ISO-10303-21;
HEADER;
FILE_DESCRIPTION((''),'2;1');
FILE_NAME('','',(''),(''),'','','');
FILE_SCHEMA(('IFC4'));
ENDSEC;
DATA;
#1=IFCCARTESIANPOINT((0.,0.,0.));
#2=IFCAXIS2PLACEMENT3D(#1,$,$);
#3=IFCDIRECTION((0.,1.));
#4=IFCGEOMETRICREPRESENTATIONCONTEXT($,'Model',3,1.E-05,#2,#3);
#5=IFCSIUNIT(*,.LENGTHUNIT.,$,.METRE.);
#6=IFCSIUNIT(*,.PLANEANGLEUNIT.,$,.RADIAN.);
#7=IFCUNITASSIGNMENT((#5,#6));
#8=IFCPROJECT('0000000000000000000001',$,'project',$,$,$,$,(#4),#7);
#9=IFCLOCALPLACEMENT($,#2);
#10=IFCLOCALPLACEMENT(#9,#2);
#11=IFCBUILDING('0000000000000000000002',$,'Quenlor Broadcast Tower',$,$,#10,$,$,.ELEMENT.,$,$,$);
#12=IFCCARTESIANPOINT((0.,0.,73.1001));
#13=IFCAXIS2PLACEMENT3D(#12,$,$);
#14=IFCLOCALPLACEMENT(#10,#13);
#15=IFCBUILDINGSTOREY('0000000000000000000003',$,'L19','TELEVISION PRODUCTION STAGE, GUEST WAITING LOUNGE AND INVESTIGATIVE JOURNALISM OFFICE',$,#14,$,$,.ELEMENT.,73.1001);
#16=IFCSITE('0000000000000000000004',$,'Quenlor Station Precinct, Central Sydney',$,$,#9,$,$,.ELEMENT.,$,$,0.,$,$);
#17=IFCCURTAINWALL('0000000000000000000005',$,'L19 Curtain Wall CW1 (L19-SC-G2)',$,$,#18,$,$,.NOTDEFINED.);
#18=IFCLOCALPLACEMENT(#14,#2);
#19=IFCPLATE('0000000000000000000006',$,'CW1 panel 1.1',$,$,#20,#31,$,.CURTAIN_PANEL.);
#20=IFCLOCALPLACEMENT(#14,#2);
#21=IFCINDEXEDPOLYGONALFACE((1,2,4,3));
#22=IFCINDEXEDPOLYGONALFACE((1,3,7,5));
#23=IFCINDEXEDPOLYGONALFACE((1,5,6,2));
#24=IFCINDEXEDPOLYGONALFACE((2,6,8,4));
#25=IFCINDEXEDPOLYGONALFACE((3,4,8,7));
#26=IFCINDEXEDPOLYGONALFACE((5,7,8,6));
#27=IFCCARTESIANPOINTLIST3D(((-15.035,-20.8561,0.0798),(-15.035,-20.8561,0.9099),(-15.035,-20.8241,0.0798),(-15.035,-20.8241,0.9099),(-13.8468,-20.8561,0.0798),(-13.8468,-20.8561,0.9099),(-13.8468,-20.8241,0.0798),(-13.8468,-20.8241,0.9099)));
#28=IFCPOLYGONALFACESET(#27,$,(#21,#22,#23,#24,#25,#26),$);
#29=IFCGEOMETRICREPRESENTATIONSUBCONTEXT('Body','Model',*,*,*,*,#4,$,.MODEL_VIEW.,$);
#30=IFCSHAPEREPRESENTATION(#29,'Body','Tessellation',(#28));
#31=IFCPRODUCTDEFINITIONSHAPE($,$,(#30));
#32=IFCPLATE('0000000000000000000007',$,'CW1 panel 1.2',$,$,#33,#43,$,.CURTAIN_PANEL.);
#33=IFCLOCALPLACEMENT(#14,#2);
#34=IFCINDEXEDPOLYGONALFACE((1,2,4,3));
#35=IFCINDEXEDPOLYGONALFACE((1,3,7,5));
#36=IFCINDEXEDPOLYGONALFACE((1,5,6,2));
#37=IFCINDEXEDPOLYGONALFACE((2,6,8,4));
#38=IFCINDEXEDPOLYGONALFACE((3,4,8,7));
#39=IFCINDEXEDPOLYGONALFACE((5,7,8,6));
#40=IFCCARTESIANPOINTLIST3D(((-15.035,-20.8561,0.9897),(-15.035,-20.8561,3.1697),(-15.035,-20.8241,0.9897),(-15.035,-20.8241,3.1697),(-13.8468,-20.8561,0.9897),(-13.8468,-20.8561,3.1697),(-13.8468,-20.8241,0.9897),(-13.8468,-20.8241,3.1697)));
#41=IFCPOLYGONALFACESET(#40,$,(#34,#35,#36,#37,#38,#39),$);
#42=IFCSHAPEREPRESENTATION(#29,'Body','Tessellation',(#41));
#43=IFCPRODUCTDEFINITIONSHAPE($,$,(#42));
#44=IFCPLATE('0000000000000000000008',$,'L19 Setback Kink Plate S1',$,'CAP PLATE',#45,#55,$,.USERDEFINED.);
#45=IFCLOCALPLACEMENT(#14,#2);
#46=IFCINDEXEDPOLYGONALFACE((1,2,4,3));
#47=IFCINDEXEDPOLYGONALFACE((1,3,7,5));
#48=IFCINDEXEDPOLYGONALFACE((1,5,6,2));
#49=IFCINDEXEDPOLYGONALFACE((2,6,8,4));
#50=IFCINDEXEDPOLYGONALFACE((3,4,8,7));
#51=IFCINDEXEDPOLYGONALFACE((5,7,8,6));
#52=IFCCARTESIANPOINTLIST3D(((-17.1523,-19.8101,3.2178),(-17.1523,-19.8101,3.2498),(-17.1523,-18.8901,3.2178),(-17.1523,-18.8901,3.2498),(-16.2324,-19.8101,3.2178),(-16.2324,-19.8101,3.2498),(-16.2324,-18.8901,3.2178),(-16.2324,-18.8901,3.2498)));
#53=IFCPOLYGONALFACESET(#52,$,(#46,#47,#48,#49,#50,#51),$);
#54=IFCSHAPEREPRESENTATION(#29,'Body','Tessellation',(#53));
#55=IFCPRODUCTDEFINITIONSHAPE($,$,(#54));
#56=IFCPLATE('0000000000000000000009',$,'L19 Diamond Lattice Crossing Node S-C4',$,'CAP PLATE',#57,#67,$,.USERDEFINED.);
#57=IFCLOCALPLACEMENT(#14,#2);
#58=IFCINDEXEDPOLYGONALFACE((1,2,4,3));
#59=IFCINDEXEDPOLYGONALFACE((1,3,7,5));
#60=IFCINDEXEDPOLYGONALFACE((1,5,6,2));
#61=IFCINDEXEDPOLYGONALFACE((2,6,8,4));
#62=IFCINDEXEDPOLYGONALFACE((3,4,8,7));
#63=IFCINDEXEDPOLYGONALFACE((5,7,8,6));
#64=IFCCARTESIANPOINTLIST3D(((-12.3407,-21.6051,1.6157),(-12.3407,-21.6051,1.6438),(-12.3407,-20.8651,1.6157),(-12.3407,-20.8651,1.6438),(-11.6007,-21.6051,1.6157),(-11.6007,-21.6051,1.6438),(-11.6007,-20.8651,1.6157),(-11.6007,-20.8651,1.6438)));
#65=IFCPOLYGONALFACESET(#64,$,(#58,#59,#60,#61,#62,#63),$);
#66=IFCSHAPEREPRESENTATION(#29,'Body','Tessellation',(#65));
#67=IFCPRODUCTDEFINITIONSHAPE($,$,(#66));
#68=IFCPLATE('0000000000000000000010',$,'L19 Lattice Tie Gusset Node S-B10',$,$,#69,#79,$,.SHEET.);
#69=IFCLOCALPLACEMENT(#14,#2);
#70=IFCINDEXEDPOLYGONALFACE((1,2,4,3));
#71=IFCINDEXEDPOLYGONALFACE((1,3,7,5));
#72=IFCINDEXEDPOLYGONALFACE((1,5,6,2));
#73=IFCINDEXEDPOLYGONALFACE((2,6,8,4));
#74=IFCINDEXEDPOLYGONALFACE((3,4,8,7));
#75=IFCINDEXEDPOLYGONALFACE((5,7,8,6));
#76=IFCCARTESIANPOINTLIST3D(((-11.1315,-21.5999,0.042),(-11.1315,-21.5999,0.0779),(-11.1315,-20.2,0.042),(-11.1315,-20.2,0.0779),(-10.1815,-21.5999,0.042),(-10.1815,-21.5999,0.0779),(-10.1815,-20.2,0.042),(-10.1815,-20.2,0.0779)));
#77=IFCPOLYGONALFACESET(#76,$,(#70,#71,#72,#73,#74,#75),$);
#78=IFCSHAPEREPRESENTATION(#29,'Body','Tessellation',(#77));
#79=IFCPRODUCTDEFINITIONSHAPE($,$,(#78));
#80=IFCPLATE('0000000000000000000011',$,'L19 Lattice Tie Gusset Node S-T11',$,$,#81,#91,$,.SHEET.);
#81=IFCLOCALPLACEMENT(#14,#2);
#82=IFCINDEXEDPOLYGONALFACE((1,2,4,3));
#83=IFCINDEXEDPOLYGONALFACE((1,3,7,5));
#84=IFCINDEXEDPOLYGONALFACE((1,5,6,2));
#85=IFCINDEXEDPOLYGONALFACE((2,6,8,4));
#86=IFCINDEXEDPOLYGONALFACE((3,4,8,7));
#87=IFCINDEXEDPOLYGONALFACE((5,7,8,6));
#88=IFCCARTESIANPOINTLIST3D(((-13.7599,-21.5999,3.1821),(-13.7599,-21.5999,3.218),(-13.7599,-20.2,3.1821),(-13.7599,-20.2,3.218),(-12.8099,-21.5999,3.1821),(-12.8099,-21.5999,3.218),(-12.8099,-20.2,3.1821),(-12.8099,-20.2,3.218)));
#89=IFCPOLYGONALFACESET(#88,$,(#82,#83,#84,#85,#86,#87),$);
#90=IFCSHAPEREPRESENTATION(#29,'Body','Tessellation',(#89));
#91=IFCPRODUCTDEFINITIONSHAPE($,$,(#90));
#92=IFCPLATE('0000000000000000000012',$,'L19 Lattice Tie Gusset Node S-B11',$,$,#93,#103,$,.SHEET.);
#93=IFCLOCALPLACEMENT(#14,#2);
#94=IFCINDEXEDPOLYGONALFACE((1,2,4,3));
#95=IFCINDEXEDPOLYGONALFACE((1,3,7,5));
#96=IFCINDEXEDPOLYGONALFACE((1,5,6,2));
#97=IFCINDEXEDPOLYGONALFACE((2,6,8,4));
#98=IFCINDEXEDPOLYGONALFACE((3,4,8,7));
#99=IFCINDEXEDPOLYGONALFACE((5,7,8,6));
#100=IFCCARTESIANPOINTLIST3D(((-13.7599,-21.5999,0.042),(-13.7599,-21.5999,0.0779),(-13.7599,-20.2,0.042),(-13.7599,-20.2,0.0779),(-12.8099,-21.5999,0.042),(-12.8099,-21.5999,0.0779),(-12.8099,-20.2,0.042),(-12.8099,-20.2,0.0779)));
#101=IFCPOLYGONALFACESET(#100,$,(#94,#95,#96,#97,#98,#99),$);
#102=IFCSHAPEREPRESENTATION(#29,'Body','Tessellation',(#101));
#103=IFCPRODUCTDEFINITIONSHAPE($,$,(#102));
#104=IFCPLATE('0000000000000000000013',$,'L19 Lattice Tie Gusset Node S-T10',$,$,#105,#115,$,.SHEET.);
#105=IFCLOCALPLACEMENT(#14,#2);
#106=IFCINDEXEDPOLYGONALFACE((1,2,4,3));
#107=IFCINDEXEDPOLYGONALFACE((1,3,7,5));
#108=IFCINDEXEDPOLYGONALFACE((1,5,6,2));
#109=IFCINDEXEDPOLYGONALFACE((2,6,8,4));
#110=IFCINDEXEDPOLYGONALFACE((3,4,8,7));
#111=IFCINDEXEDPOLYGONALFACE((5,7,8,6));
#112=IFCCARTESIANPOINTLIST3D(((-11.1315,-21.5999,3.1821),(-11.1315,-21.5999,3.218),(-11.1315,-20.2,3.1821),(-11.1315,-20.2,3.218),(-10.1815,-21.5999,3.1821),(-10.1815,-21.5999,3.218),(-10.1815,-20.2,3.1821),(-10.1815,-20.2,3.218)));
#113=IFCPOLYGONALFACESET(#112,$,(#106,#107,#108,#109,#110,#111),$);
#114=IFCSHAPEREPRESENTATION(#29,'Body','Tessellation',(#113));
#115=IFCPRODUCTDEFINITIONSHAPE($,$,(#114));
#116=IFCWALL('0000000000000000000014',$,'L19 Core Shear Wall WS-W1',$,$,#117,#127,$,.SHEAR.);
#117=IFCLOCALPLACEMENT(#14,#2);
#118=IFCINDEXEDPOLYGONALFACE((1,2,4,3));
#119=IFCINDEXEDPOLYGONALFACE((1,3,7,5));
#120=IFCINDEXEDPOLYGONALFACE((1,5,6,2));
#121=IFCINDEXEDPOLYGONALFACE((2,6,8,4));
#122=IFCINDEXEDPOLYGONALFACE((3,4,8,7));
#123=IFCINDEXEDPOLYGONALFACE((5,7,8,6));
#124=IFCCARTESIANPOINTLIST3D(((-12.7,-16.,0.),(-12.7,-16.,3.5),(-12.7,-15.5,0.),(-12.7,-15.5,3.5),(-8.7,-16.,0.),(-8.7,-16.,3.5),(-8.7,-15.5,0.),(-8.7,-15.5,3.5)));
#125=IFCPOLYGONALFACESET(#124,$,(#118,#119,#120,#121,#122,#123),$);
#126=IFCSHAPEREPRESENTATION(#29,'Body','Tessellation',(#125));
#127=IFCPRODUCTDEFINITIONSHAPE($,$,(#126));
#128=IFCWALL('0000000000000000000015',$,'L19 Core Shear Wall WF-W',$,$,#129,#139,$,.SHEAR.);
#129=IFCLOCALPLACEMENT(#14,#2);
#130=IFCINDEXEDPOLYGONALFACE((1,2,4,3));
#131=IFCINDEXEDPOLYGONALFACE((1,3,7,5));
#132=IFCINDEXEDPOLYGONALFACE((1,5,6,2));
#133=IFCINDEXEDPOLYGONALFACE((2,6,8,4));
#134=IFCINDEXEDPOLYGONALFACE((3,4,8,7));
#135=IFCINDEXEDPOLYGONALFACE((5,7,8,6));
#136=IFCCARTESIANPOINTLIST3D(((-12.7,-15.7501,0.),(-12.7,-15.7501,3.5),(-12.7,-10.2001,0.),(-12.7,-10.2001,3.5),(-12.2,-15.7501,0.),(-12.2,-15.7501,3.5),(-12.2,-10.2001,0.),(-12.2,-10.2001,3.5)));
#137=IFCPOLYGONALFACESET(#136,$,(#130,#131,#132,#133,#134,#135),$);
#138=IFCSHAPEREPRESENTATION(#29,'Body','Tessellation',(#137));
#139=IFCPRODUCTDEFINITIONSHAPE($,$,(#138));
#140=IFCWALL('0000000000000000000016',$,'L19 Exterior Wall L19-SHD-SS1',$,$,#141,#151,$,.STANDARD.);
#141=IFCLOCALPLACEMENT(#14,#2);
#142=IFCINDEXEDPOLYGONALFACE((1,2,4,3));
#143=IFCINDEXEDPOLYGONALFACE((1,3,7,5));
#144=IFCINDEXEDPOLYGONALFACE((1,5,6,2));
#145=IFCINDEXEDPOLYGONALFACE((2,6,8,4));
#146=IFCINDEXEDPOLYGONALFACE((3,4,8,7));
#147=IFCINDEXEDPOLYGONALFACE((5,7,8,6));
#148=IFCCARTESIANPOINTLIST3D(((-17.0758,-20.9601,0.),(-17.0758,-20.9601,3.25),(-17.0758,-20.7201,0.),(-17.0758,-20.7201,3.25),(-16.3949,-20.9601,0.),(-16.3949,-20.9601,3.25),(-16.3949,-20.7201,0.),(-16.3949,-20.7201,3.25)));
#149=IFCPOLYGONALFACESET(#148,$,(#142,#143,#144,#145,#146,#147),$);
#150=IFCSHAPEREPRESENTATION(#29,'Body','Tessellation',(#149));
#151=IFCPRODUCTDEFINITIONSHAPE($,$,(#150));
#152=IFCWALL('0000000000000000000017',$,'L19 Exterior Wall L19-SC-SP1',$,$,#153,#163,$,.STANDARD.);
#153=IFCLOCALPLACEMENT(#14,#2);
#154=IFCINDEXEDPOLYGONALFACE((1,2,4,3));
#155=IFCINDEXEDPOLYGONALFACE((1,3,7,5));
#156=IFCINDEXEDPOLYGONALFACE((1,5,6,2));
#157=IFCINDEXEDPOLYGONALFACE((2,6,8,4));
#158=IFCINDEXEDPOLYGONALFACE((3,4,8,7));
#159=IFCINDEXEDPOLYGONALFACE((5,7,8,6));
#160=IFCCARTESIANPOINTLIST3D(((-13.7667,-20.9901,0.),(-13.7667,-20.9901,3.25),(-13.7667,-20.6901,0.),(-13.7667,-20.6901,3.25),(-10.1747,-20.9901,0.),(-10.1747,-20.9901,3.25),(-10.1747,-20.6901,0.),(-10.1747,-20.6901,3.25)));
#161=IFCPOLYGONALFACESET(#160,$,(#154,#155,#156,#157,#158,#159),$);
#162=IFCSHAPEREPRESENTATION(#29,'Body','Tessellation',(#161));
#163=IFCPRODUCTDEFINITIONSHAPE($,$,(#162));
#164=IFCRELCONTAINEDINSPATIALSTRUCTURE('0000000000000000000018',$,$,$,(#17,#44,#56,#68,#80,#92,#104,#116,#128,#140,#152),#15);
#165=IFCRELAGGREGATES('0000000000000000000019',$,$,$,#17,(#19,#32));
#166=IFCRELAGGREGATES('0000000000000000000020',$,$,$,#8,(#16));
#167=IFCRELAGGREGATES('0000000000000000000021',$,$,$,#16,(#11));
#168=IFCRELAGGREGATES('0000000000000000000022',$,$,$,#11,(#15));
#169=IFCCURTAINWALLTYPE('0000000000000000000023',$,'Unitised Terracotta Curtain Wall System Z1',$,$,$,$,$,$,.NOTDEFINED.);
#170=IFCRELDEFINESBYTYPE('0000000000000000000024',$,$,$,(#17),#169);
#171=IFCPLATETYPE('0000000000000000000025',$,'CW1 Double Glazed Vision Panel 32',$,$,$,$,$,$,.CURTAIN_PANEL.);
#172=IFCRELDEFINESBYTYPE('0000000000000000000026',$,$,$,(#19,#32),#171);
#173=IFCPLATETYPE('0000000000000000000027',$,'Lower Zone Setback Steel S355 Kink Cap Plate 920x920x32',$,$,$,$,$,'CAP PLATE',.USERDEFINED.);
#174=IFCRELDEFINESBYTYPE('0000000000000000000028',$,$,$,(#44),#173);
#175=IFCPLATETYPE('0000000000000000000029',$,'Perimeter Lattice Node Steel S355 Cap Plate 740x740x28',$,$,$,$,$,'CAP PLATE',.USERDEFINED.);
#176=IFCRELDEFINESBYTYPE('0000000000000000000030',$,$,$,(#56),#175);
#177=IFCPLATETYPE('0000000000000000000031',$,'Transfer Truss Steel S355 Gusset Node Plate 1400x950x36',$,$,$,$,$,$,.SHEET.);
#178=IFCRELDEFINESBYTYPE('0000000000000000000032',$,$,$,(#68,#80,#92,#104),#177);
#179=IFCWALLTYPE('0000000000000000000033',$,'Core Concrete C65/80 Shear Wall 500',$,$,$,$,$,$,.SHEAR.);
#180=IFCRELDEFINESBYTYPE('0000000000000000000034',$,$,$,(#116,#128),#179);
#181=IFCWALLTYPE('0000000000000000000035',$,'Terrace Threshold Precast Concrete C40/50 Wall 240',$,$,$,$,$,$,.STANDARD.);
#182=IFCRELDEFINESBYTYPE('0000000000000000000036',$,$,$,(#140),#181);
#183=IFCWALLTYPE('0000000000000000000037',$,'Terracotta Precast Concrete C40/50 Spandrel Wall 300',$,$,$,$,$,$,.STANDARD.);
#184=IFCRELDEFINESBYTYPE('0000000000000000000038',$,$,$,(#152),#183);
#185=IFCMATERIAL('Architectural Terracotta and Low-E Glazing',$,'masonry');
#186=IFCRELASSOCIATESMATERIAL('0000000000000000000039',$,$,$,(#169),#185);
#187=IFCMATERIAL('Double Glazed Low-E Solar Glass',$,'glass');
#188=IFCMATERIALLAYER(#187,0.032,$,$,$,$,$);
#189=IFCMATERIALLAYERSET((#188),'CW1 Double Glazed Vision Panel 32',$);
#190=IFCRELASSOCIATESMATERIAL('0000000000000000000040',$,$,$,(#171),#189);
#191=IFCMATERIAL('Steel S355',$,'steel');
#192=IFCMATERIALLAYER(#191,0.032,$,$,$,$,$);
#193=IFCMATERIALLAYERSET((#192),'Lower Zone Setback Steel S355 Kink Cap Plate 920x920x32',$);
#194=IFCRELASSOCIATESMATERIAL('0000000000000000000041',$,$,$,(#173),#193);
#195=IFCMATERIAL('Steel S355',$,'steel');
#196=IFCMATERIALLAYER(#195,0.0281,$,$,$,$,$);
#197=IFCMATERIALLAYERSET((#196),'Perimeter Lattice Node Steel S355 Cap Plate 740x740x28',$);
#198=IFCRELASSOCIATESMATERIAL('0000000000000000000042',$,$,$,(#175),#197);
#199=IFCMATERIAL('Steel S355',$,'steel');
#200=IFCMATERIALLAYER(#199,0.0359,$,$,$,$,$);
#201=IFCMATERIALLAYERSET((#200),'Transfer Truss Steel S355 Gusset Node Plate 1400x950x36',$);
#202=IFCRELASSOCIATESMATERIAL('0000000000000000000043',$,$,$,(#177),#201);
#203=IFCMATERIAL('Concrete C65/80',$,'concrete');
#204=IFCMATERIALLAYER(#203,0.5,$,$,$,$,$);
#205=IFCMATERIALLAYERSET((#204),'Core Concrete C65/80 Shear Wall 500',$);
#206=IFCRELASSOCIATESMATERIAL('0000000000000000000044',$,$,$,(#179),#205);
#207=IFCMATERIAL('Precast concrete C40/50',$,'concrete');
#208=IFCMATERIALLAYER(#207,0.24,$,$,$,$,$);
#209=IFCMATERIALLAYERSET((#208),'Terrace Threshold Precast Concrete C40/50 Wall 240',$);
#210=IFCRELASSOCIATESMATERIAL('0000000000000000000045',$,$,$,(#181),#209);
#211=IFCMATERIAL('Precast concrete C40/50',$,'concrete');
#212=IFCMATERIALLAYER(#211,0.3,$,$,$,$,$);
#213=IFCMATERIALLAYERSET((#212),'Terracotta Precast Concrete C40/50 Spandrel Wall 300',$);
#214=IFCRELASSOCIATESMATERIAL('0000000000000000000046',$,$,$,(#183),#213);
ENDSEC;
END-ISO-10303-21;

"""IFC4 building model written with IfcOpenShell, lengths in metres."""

from ifc_helpers import new_model, si_unit, direction, frame, frame_2d, origin, origin_2d, place, context, subcontext, project, spatial, rectangle, extrude, material, layer, layer_set, type_object, element, aggregate, save


model = new_model("IFC4")

# Units and contexts
model_context = context("Model", 3, precision=1e-05, world=origin(), true_north=direction((0.0, 1.0)))
body_context = subcontext(model_context, "Body", "Model", "MODEL_VIEW")
ifc_project = project(units=[si_unit("LENGTHUNIT", "METRE"), si_unit("PLANEANGLEUNIT", "RADIAN")], contexts=[model_context])

# Site, building, storey
site_placement = place(None, origin())
site = spatial("IfcSite", under=ifc_project, at=site_placement, Name="Quenlor Station Precinct, Central Sydney", CompositionType="ELEMENT", RefElevation=0.0)
building_placement = place(site_placement, origin())
building = spatial("IfcBuilding", under=site, at=building_placement, Name="Quenlor Broadcast Tower", CompositionType="ELEMENT")
storey_placement = place(building_placement, frame((0.0, 0.0, 73.1001)))
storey = spatial("IfcBuildingStorey", under=building, at=storey_placement, Name="L19", Description="TELEVISION PRODUCTION STAGE, GUEST WAITING LOUNGE AND INVESTIGATIVE JOURNALISM OFFICE", CompositionType="ELEMENT", Elevation=73.1001)

# Curtain wall
ifc_material_1 = material(Name="Architectural Terracotta and Low-E Glazing", Category="masonry")
curtain_wall_type = type_object("IfcCurtainWallType", Name="Unitised Terracotta Curtain Wall System Z1", PredefinedType="NOTDEFINED", material=ifc_material_1)
curtain_wall_placement = place(storey_placement, origin())
curtain_wall = element("IfcCurtainWall", 1, at=curtain_wall_placement, inside=storey, type_object=curtain_wall_type, Name="L19 Curtain Wall CW1 (L19-SC-G2)", PredefinedType="NOTDEFINED")

# Plates
ifc_material_2 = material(Name="Double Glazed Low-E Solar Glass", Category="glass")
ifc_layer_1 = layer(ifc_material_2, 0.032)
ifc_layer_set_1 = layer_set([ifc_layer_1], Name="CW1 Double Glazed Vision Panel 32")
plate_type_1 = type_object("IfcPlateType", Name="CW1 Double Glazed Vision Panel 32", PredefinedType="CURTAIN_PANEL", material=ifc_layer_set_1)
plate_1_placement = place(storey_placement, frame((-14.4409, -20.8401, 0.0798), z_axis=(0.0, 0.0, 1.0), x_axis=(-1.0, 0.0, 0.0)))
plate_1 = element("IfcPlate", 2, at=plate_1_placement, type_object=plate_type_1, Name="CW1 panel 1.1", PredefinedType="CURTAIN_PANEL", context=body_context, shape_type="SweptSolid", body=[
    extrude(rectangle(XDim=1.1882, YDim=0.032, at=origin_2d()), origin(), (0.0, 0.0, 1.0), 0.8301),
])
plate_2_placement = place(storey_placement, frame((-14.4409, -20.8401, 0.9897), z_axis=(0.0, 0.0, 1.0), x_axis=(-1.0, 0.0, 0.0)))
plate_2 = element("IfcPlate", 3, at=plate_2_placement, type_object=plate_type_1, Name="CW1 panel 1.2", PredefinedType="CURTAIN_PANEL", context=body_context, shape_type="SweptSolid", body=[
    extrude(rectangle(XDim=1.1882, YDim=0.032, at=origin_2d()), origin(), (0.0, 0.0, 1.0), 2.1799),
])
aggregate(curtain_wall, [plate_1, plate_2])

# Plates
ifc_material_3 = material(Name="Steel S355", Category="steel")
ifc_layer_2 = layer(ifc_material_3, 0.032)
ifc_layer_set_2 = layer_set([ifc_layer_2], Name="Lower Zone Setback Steel S355 Kink Cap Plate 920x920x32")
plate_type_2 = type_object("IfcPlateType", Name="Lower Zone Setback Steel S355 Kink Cap Plate 920x920x32", ElementType="CAP PLATE", PredefinedType="USERDEFINED", material=ifc_layer_set_2)
plate_3_placement = place(storey_placement, frame((-16.6924, -19.3501, 3.2178), z_axis=(0.0, 0.0, 1.0), x_axis=(0.0, 1.0, 0.0)))
element("IfcPlate", 4, at=plate_3_placement, inside=storey, type_object=plate_type_2, Name="L19 Setback Kink Plate S1", ObjectType="CAP PLATE", PredefinedType="USERDEFINED", context=body_context, shape_type="SweptSolid", body=[
    extrude(rectangle(XDim=0.9199, YDim=0.9199, at=origin_2d()), origin(), (0.0, 0.0, 1.0), 0.032),
])
ifc_material_4 = material(Name="Steel S355", Category="steel")
ifc_layer_3 = layer(ifc_material_4, 0.0281)
ifc_layer_set_3 = layer_set([ifc_layer_3], Name="Perimeter Lattice Node Steel S355 Cap Plate 740x740x28")
plate_type_3 = type_object("IfcPlateType", Name="Perimeter Lattice Node Steel S355 Cap Plate 740x740x28", ElementType="CAP PLATE", PredefinedType="USERDEFINED", material=ifc_layer_set_3)
plate_4_placement = place(storey_placement, frame((-11.9707, -21.2351, 1.6157), z_axis=(0.0, 0.0, 1.0), x_axis=(-1.0, 0.0, 0.0)))
element("IfcPlate", 5, at=plate_4_placement, inside=storey, type_object=plate_type_3, Name="L19 Diamond Lattice Crossing Node S-C4", ObjectType="CAP PLATE", PredefinedType="USERDEFINED", context=body_context, shape_type="SweptSolid", body=[
    extrude(rectangle(XDim=0.74, YDim=0.74, at=origin_2d()), origin(), (0.0, 0.0, 1.0), 0.0281),
])
ifc_material_5 = material(Name="Steel S355", Category="steel")
ifc_layer_4 = layer(ifc_material_5, 0.0359)
ifc_layer_set_4 = layer_set([ifc_layer_4], Name="Transfer Truss Steel S355 Gusset Node Plate 1400x950x36")
plate_type_4 = type_object("IfcPlateType", Name="Transfer Truss Steel S355 Gusset Node Plate 1400x950x36", PredefinedType="SHEET", material=ifc_layer_set_4)
for number, where, z_axis, x_axis, name in (
    (6, (-10.6565, -20.8999, 0.042), (0.0, 0.0, 1.0), (0.0, -1.0, 0.0), "L19 Lattice Tie Gusset Node S-B10"),
    (7, (-13.2849, -20.8999, 3.1821), (0.0, 0.0, 1.0), (0.0, -1.0, 0.0), "L19 Lattice Tie Gusset Node S-T11"),
    (8, (-13.2849, -20.8999, 0.042), (0.0, 0.0, 1.0), (0.0, -1.0, 0.0), "L19 Lattice Tie Gusset Node S-B11"),
    (9, (-10.6565, -20.8999, 3.1821), (0.0, 0.0, 1.0), (0.0, -1.0, 0.0), "L19 Lattice Tie Gusset Node S-T10"),
):
    element("IfcPlate", number, at=place(storey_placement, frame(where, z_axis=z_axis, x_axis=x_axis)), inside=storey, type_object=plate_type_4, Name=name, PredefinedType="SHEET", context=body_context, shape_type="SweptSolid", body=[
        extrude(rectangle(XDim=1.3999, YDim=0.95, at=origin_2d()), origin(), (0.0, 0.0, 1.0), 0.0359),
    ])

# Walls
ifc_material_6 = material(Name="Concrete C65/80", Category="concrete")
ifc_layer_5 = layer(ifc_material_6, 0.5)
ifc_layer_set_5 = layer_set([ifc_layer_5], Name="Core Concrete C65/80 Shear Wall 500")
wall_type_1 = type_object("IfcWallType", Name="Core Concrete C65/80 Shear Wall 500", PredefinedType="SHEAR", material=ifc_layer_set_5)
wall_1_placement = place(storey_placement, frame((-12.7, -15.75, 0.0), z_axis=(0.0, 0.0, 1.0), x_axis=(1.0, 0.0, 0.0)))
element("IfcWall", 10, at=wall_1_placement, inside=storey, type_object=wall_type_1, Name="L19 Core Shear Wall WS-W1", PredefinedType="SHEAR", context=body_context, shape_type="SweptSolid", body=[
    extrude(rectangle(XDim=4.0, YDim=0.5, at=frame_2d((2.0, 0.0))), origin(), (0.0, 0.0, 1.0), 3.5),
])
wall_2_placement = place(storey_placement, frame((-12.45, -15.75, 0.0), z_axis=(0.0, 0.0, 1.0), x_axis=(0.0, 1.0, 0.0)))
element("IfcWall", 11, at=wall_2_placement, inside=storey, type_object=wall_type_1, Name="L19 Core Shear Wall WF-W", PredefinedType="SHEAR", context=body_context, shape_type="SweptSolid", body=[
    extrude(rectangle(XDim=5.55, YDim=0.5, at=frame_2d((2.7749, 0.0))), origin(), (0.0, 0.0, 1.0), 3.5),
])
ifc_material_7 = material(Name="Precast concrete C40/50", Category="concrete")
ifc_layer_6 = layer(ifc_material_7, 0.24)
ifc_layer_set_6 = layer_set([ifc_layer_6], Name="Terrace Threshold Precast Concrete C40/50 Wall 240")
wall_type_2 = type_object("IfcWallType", Name="Terrace Threshold Precast Concrete C40/50 Wall 240", PredefinedType="STANDARD", material=ifc_layer_set_6)
wall_3_placement = place(storey_placement, frame((-16.395, -20.8401, 0.0), z_axis=(0.0, 0.0, 1.0), x_axis=(-1.0, 0.0, 0.0)))
element("IfcWall", 12, at=wall_3_placement, inside=storey, type_object=wall_type_2, Name="L19 Exterior Wall L19-SHD-SS1", PredefinedType="STANDARD", context=body_context, shape_type="SweptSolid", body=[
    extrude(rectangle(XDim=0.6809, YDim=0.24, at=frame_2d((0.3403, 0.0))), origin(), (0.0, 0.0, 1.0), 3.25),
])
ifc_material_8 = material(Name="Precast concrete C40/50", Category="concrete")
ifc_layer_7 = layer(ifc_material_8, 0.3)
ifc_layer_set_7 = layer_set([ifc_layer_7], Name="Terracotta Precast Concrete C40/50 Spandrel Wall 300")
wall_type_3 = type_object("IfcWallType", Name="Terracotta Precast Concrete C40/50 Spandrel Wall 300", PredefinedType="STANDARD", material=ifc_layer_set_7)
wall_4_placement = place(storey_placement, frame((-10.1748, -20.8401, 0.0), z_axis=(0.0, 0.0, 1.0), x_axis=(-1.0, 0.0, 0.0)))
element("IfcWall", 13, at=wall_4_placement, inside=storey, type_object=wall_type_3, Name="L19 Exterior Wall L19-SC-SP1", PredefinedType="STANDARD", context=body_context, shape_type="SweptSolid", body=[
    extrude(rectangle(XDim=3.592, YDim=0.3, at=frame_2d((1.7959, 0.0))), origin(), (0.0, 0.0, 1.0), 3.25),
])

save(model, "model.ifc")
